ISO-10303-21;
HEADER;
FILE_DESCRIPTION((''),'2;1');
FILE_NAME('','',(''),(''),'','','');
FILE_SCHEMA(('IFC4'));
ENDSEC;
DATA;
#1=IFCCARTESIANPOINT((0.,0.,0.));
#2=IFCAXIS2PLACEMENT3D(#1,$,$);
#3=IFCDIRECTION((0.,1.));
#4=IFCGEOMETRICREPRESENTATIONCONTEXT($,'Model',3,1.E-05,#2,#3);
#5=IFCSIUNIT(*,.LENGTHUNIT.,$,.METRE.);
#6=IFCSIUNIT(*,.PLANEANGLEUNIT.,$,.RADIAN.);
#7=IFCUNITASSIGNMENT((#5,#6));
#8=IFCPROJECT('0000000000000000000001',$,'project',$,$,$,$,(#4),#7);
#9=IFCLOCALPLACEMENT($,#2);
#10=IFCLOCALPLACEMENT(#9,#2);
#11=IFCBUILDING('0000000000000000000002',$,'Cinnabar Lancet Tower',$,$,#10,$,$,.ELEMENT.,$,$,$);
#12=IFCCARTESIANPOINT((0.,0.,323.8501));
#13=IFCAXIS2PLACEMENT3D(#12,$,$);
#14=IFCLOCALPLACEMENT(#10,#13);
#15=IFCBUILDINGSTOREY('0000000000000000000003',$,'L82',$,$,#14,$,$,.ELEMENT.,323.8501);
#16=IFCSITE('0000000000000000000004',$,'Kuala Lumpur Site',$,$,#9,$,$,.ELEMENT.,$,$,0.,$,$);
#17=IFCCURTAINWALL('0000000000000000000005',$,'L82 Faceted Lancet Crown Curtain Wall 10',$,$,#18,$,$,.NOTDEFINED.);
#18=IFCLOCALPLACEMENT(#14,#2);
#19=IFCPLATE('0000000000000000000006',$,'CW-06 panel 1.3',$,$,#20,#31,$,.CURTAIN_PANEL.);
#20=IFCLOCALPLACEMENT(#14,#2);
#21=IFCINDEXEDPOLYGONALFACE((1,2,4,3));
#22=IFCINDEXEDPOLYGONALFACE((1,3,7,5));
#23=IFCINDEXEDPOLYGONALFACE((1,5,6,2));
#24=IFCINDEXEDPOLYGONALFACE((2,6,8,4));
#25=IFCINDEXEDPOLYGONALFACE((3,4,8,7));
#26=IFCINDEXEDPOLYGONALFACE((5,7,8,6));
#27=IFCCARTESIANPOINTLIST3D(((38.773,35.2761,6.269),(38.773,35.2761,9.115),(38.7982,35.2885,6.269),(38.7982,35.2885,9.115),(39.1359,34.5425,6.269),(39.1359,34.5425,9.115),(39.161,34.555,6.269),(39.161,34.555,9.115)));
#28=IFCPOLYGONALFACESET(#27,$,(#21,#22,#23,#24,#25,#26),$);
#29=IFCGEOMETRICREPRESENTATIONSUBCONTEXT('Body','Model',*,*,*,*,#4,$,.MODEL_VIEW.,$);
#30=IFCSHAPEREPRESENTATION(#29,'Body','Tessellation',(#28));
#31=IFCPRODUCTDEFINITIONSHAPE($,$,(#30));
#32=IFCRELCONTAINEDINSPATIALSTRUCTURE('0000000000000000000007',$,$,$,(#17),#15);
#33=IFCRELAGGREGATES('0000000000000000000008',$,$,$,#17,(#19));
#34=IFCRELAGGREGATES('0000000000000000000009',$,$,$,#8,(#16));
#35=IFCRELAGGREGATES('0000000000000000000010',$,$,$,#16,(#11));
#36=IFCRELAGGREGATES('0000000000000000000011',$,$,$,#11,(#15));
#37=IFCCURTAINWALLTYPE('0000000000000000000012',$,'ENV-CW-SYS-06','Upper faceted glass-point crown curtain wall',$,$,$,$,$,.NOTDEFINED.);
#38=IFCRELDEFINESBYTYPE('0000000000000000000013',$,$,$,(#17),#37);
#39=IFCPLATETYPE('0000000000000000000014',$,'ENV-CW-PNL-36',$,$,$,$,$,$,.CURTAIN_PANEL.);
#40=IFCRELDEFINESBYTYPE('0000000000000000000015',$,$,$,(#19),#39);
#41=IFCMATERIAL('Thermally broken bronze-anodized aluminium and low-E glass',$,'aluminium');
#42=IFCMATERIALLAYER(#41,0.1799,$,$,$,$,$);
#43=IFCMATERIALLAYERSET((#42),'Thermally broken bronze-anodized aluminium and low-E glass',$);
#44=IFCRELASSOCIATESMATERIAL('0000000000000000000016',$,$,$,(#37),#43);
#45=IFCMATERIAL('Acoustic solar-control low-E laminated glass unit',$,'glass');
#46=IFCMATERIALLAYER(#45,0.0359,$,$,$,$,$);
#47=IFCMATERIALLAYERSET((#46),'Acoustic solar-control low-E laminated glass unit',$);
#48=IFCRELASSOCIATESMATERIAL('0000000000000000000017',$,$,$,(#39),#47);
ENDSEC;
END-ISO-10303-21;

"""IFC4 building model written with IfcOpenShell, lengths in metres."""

from ifc_helpers import new_model, si_unit, direction, frame, origin, origin_2d, place, context, subcontext, project, spatial, rectangle, extrude, material, layer, layer_set, type_object, element, aggregate, save


model = new_model("IFC4")

# Units and contexts
model_context = context("Model", 3, precision=1e-05, world=origin(), true_north=direction((0.0, 1.0)))
body_context = subcontext(model_context, "Body", "Model", "MODEL_VIEW")
ifc_project = project(units=[si_unit("LENGTHUNIT", "METRE"), si_unit("PLANEANGLEUNIT", "RADIAN")], contexts=[model_context])

# Site, building, storey
site_placement = place(None, origin())
site = spatial("IfcSite", under=ifc_project, at=site_placement, Name="Kuala Lumpur Site", CompositionType="ELEMENT", RefElevation=0.0)
building_placement = place(site_placement, origin())
building = spatial("IfcBuilding", under=site, at=building_placement, Name="Cinnabar Lancet Tower", CompositionType="ELEMENT")
storey_placement = place(building_placement, frame((0.0, 0.0, 323.8501)))
storey = spatial("IfcBuildingStorey", under=building, at=storey_placement, Name="L82", CompositionType="ELEMENT", Elevation=323.8501)

# Shared definitions
ifc_material_1 = material(Name="Thermally broken bronze-anodized aluminium and low-E glass", Category="aluminium")
ifc_layer_1 = layer(ifc_material_1, 0.1799)
ifc_layer_set_1 = layer_set([ifc_layer_1], Name="Thermally broken bronze-anodized aluminium and low-E glass")
curtain_wall_type = type_object("IfcCurtainWallType", Name="ENV-CW-SYS-06", Description="Upper faceted glass-point crown curtain wall", PredefinedType="NOTDEFINED", material=ifc_layer_set_1)

# Curtain wall
curtain_wall_1_placement = place(storey_placement, origin())
curtain_wall_1 = element("IfcCurtainWall", 1, at=curtain_wall_1_placement, inside=storey, type_object=curtain_wall_type, Name="L82 Faceted Lancet Crown Curtain Wall 10", PredefinedType="NOTDEFINED")

# Plate
ifc_material_2 = material(Name="Acoustic solar-control low-E laminated glass unit", Category="glass")
ifc_layer_2 = layer(ifc_material_2, 0.0359)
ifc_layer_set_2 = layer_set([ifc_layer_2], Name="Acoustic solar-control low-E laminated glass unit")
plate_type = type_object("IfcPlateType", Name="ENV-CW-PNL-36", PredefinedType="CURTAIN_PANEL", material=ifc_layer_set_2)
plate_1_placement = place(storey_placement, frame((38.967, 34.9155, 6.269), z_axis=(0.0, 0.0, 1.0), x_axis=(-0.443373, 0.896337, 0.0)))
plate_1 = element("IfcPlate", 2, at=plate_1_placement, type_object=plate_type, Name="CW-06 panel 1.3", PredefinedType="CURTAIN_PANEL", context=body_context, shape_type="SweptSolid", body=[
    extrude(rectangle(XDim=0.8184, YDim=0.0281, at=origin_2d()), origin(), (0.0, 0.0, 1.0), 2.8459),
])
aggregate(curtain_wall_1, [plate_1])

save(model, "model.ifc")
